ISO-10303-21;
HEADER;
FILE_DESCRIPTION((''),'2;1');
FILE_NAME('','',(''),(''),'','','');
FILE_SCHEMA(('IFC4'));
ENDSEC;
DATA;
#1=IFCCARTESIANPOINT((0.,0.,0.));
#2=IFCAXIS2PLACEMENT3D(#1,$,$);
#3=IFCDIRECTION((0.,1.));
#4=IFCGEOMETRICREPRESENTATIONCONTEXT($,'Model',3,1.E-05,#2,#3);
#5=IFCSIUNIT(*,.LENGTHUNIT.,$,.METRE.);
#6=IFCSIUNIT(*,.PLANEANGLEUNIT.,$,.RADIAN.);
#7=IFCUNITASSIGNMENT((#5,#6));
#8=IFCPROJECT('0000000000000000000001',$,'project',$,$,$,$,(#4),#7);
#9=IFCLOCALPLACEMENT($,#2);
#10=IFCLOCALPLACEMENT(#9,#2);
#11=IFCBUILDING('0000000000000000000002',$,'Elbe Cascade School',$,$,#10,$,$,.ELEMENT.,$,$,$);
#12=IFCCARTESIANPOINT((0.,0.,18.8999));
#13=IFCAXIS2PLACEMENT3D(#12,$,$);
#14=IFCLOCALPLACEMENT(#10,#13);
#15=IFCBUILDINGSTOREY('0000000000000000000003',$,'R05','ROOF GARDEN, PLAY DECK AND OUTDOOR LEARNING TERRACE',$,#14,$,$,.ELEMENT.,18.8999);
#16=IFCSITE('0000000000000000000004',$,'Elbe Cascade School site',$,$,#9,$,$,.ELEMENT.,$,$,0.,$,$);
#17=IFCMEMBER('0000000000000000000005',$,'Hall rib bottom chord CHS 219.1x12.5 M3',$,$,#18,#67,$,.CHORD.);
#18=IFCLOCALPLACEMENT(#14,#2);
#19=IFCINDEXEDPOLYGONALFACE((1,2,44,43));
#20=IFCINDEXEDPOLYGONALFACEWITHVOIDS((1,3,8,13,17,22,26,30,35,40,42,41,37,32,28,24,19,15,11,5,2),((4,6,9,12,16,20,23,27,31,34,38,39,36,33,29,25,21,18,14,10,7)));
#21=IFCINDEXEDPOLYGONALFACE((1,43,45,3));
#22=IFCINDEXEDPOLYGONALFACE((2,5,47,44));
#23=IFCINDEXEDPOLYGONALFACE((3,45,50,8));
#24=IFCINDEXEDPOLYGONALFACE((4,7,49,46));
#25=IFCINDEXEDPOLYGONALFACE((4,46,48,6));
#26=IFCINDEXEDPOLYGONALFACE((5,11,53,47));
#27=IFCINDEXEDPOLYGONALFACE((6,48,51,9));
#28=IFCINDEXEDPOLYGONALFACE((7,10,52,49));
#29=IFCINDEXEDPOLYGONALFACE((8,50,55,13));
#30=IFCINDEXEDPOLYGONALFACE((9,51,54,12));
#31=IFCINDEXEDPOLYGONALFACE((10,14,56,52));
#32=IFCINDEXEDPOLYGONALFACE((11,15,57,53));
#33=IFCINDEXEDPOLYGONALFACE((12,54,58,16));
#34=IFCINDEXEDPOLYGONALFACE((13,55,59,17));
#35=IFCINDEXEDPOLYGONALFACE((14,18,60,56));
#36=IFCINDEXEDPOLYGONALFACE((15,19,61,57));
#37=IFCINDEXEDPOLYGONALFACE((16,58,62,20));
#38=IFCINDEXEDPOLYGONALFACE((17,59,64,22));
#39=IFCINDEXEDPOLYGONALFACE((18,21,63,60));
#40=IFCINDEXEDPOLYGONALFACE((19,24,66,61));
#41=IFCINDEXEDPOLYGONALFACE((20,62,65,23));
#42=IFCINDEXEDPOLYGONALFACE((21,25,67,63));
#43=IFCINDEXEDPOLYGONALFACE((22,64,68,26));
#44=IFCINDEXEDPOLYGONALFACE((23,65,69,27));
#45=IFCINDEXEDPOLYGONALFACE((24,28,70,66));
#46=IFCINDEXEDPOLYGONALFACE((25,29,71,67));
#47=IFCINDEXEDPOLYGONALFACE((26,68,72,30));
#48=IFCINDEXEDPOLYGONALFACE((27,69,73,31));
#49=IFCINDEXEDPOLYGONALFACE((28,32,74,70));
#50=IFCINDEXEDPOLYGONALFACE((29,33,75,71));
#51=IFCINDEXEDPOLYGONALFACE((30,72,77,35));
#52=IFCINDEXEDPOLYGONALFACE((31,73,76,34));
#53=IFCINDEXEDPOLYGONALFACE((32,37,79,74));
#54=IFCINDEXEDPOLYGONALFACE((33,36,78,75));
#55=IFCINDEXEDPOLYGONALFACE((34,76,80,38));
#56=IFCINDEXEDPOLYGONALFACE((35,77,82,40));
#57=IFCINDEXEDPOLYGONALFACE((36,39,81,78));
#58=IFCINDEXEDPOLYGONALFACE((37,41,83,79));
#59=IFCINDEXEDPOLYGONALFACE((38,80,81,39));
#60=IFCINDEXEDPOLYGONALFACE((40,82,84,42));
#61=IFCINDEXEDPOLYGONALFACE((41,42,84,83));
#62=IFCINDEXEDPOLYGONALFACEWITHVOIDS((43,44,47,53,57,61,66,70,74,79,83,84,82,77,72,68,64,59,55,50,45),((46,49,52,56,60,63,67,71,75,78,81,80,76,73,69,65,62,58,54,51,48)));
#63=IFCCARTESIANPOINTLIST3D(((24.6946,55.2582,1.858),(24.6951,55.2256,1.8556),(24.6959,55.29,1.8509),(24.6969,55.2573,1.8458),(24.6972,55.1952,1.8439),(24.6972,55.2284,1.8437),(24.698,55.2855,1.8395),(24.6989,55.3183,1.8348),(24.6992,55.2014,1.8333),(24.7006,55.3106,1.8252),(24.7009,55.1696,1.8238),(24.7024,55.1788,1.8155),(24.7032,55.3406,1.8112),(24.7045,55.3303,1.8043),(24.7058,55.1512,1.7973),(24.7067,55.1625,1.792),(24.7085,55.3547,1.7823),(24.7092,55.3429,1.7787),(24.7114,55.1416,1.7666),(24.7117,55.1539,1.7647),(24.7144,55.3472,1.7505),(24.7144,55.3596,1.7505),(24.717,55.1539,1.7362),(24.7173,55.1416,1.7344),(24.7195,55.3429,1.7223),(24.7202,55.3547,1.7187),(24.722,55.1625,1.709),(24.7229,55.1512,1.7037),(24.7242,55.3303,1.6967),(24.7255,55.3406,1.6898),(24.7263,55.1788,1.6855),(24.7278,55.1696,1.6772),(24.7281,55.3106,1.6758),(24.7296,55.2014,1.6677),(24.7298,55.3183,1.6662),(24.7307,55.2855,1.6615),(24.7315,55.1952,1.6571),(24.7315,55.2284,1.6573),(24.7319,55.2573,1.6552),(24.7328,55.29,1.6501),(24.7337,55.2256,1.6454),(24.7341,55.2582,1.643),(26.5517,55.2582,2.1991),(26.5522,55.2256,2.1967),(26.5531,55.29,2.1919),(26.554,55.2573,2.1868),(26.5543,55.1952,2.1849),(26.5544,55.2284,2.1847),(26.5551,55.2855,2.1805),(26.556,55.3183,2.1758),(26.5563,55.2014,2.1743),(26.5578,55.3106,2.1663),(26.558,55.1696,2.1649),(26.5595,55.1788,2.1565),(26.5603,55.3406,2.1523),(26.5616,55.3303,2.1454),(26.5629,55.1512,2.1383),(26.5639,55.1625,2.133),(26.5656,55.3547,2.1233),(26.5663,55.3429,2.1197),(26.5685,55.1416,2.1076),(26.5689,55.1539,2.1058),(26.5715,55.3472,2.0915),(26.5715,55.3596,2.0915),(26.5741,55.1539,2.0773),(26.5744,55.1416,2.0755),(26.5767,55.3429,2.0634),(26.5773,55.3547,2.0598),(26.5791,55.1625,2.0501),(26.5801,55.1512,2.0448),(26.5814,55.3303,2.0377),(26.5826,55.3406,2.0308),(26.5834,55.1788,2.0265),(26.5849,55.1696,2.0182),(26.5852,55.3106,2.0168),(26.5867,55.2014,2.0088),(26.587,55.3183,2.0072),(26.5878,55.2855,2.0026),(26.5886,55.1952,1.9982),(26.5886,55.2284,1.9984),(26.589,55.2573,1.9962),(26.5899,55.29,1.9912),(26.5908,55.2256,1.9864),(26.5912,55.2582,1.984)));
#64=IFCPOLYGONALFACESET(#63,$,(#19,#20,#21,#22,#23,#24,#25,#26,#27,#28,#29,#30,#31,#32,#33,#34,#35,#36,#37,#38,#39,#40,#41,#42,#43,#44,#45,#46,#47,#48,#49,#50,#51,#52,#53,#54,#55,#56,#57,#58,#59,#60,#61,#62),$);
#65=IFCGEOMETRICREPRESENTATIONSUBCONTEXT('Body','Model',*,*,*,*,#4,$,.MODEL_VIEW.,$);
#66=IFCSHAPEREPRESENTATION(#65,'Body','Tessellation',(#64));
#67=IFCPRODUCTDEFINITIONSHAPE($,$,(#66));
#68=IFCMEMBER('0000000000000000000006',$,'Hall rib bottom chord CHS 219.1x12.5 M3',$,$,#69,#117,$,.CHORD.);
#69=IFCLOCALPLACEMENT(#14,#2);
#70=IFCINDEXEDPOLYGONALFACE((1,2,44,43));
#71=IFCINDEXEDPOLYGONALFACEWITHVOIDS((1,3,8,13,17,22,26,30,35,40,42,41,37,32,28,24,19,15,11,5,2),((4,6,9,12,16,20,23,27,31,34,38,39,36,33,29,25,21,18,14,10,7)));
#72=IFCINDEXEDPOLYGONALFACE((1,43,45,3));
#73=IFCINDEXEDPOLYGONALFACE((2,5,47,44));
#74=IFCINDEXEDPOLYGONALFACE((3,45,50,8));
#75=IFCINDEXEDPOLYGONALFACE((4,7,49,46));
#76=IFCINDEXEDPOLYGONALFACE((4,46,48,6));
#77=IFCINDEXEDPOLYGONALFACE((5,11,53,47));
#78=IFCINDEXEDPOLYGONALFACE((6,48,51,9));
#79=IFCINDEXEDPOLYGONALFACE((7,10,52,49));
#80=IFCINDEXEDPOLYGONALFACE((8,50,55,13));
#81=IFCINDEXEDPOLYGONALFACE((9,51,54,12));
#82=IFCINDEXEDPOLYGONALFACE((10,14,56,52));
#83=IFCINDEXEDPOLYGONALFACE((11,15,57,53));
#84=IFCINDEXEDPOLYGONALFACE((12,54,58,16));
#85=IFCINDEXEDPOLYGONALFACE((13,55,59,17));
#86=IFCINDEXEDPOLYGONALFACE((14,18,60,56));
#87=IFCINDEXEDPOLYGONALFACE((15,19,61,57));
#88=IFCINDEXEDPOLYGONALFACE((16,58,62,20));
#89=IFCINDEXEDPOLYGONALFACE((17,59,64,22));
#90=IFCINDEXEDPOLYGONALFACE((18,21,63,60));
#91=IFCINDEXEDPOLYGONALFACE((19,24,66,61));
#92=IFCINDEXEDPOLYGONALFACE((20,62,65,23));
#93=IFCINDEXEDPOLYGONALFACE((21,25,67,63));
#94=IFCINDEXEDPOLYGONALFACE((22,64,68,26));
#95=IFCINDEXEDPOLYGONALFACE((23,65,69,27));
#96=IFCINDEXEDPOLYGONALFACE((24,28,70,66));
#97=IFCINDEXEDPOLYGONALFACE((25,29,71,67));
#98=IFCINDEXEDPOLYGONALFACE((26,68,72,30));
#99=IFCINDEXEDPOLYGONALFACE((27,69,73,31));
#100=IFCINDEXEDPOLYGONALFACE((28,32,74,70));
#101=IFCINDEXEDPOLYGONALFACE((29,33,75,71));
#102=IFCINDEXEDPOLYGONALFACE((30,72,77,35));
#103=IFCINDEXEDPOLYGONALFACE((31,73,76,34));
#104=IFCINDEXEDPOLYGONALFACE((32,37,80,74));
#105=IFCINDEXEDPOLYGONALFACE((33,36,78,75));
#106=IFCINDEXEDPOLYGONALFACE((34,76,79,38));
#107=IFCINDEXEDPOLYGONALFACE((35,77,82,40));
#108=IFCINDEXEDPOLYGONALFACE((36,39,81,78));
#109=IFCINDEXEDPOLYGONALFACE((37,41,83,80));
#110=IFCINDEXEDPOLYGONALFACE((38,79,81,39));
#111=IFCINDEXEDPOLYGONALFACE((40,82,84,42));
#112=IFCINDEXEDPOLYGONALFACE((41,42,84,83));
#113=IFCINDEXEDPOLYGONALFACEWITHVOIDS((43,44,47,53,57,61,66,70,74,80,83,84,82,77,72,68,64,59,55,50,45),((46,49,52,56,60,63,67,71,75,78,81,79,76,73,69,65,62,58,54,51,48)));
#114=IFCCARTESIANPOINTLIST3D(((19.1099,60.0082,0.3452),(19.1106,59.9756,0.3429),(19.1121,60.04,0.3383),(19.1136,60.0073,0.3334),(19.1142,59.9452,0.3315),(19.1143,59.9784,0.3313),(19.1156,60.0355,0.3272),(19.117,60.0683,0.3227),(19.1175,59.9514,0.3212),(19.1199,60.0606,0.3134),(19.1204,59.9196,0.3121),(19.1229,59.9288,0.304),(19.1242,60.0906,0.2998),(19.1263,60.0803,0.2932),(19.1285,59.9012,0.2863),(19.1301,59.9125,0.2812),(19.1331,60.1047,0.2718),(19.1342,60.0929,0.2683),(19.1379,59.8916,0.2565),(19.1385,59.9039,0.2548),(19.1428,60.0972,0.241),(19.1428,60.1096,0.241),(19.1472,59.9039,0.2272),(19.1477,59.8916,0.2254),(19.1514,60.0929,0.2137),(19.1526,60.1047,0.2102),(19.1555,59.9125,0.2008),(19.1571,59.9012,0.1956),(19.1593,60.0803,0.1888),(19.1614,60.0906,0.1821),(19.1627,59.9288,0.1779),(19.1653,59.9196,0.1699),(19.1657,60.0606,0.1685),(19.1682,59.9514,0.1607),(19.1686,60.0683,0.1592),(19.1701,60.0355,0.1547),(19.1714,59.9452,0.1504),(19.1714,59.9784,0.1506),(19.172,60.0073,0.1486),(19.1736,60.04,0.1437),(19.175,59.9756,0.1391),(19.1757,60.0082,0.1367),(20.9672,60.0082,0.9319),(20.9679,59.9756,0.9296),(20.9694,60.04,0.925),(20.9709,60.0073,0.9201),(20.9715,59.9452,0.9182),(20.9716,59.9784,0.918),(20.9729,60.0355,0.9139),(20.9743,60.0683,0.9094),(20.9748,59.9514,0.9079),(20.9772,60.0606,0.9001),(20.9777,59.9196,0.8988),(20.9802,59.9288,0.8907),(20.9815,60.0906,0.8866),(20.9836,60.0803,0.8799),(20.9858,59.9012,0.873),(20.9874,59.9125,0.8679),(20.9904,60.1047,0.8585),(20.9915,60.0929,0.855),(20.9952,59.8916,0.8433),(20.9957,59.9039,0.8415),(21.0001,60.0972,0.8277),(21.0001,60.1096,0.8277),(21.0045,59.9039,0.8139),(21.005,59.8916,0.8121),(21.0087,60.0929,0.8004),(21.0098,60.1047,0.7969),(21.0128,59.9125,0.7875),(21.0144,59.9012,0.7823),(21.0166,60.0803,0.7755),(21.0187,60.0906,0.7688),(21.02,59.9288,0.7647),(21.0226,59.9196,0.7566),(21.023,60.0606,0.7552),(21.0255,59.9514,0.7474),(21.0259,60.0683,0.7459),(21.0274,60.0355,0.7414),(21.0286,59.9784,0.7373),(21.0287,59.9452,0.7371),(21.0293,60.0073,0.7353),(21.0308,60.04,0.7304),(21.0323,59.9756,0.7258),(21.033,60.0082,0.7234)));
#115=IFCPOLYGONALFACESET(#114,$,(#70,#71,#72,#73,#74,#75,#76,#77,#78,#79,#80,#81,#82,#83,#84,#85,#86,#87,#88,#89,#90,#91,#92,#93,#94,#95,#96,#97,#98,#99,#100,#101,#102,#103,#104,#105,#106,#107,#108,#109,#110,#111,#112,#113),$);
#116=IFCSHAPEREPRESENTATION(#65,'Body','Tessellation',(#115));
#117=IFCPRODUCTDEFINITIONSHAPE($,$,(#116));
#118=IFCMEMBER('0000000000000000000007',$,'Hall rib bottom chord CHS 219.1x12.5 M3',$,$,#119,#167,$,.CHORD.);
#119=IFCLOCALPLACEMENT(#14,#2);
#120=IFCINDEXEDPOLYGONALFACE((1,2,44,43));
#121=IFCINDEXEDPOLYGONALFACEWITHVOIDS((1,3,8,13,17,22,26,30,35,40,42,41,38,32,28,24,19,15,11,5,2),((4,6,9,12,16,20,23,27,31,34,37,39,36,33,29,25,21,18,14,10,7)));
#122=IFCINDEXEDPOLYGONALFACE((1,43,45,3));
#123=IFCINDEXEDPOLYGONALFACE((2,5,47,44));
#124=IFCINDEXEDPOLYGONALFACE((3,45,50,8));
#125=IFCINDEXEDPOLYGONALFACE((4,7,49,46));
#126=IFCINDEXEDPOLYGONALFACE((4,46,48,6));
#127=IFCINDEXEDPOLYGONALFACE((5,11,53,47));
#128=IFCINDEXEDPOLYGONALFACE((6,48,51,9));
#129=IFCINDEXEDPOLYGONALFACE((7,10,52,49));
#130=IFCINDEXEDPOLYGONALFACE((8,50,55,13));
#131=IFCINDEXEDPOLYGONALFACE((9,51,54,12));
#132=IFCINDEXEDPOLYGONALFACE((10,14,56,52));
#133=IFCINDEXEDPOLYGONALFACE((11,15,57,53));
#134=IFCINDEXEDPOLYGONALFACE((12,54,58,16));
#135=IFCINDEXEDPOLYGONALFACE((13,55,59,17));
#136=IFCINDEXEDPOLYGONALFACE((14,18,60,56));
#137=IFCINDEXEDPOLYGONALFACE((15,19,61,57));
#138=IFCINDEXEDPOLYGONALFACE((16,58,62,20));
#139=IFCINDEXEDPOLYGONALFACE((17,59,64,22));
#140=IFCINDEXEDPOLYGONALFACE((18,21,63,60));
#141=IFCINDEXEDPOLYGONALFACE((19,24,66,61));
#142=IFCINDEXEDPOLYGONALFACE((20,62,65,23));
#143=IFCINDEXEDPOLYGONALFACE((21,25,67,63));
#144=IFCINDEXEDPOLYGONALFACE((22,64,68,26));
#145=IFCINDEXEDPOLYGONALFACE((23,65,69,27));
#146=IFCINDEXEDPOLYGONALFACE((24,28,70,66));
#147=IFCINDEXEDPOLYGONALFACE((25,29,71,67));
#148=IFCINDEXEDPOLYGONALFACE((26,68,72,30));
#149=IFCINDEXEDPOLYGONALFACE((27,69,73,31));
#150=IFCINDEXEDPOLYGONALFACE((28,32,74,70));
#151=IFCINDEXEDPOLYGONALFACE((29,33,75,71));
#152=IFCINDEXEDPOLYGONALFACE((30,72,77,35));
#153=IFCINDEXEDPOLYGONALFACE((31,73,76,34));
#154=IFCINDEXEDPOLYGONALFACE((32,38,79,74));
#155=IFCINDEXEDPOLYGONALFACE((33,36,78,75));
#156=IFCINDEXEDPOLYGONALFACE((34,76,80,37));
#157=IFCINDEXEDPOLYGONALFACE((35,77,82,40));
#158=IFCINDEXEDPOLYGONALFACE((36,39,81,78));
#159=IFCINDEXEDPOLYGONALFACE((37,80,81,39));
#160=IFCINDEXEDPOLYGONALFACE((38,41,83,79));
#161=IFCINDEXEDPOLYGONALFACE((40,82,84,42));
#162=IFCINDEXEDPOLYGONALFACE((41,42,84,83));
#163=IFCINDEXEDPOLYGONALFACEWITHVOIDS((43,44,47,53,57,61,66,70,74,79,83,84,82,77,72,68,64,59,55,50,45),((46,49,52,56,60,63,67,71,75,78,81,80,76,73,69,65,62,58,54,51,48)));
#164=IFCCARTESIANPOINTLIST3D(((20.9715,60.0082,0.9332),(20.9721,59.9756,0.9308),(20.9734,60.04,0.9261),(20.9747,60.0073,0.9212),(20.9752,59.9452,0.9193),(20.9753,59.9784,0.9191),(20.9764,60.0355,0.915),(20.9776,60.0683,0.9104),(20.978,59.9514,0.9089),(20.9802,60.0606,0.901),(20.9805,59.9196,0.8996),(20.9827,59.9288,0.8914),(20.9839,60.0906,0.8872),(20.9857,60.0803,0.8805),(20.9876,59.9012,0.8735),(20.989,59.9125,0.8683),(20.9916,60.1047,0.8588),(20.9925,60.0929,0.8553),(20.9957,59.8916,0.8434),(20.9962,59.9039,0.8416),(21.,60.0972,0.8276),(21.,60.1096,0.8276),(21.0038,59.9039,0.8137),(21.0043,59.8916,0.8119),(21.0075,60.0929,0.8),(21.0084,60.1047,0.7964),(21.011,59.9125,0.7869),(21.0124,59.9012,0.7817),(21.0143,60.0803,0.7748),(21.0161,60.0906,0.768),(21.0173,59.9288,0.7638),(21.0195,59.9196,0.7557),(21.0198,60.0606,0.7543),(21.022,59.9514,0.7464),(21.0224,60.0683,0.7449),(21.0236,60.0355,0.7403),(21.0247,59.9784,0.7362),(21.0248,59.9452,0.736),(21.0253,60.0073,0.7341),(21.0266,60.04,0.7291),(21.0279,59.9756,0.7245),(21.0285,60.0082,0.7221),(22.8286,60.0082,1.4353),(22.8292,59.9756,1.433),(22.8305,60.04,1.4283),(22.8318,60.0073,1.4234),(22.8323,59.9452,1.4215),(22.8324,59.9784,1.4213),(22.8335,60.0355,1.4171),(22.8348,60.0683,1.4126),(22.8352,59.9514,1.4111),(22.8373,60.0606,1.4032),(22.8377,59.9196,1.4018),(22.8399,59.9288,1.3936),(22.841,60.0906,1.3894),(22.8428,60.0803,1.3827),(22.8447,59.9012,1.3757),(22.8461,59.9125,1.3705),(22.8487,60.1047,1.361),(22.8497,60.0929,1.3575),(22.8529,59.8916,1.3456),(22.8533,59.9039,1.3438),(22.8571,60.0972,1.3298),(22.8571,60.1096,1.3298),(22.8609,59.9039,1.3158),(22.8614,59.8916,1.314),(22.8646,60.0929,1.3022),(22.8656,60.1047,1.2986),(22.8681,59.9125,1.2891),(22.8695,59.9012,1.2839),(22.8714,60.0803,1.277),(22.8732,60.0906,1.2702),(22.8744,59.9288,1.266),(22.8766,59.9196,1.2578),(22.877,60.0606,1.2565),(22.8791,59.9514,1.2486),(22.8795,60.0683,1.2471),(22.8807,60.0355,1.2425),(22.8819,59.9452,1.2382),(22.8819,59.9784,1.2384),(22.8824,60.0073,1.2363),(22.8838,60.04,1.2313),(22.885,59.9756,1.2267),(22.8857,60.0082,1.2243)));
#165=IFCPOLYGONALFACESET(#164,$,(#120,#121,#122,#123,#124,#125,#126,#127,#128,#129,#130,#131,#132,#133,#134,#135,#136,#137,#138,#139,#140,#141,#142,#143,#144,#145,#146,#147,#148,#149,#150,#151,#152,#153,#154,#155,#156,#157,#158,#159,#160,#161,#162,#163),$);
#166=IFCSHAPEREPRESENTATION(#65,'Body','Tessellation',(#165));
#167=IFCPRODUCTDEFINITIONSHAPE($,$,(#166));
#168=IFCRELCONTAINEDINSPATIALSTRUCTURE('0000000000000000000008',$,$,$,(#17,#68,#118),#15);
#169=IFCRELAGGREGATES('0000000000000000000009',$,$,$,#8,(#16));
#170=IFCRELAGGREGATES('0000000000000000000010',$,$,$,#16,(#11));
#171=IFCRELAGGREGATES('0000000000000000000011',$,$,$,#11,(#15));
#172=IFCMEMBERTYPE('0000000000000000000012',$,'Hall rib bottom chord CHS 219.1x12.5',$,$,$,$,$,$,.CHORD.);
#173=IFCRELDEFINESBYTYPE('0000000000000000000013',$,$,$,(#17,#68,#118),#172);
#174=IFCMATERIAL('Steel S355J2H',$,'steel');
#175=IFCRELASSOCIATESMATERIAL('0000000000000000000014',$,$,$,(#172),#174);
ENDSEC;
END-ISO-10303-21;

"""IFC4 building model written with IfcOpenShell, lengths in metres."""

from ifc_helpers import new_model, si_unit, direction, frame, origin, origin_2d, place, context, subcontext, project, spatial, hollow_circle, extrude, material, material_profile, profile_set, type_object, element, save


model = new_model("IFC4")

# Units and contexts
model_context = context("Model", 3, precision=1e-05, world=origin(), true_north=direction((0.0, 1.0)))
body_context = subcontext(model_context, "Body", "Model", "MODEL_VIEW")
ifc_project = project(units=[si_unit("LENGTHUNIT", "METRE"), si_unit("PLANEANGLEUNIT", "RADIAN")], contexts=[model_context])

# Site, building, storey
site_placement = place(None, origin())
site = spatial("IfcSite", under=ifc_project, at=site_placement, Name="Elbe Cascade School site", CompositionType="ELEMENT", RefElevation=0.0)
building_placement = place(site_placement, origin())
building = spatial("IfcBuilding", under=site, at=building_placement, Name="Elbe Cascade School", CompositionType="ELEMENT")
storey_placement = place(building_placement, frame((0.0, 0.0, 18.8999)))
storey = spatial("IfcBuildingStorey", under=building, at=storey_placement, Name="R05", Description="ROOF GARDEN, PLAY DECK AND OUTDOOR LEARNING TERRACE", CompositionType="ELEMENT", Elevation=18.8999)

# Members
ifc_material_1 = material(Name="Steel S355J2H", Category="steel")
ifc_material_profile_1 = material_profile(ifc_material_1, hollow_circle(Radius=0.1096, WallThickness=0.0125, at=origin_2d()), Name="CHS 219.1x12.5")
ifc_profile_set_1 = profile_set([ifc_material_profile_1], Name="Steel S355J2H")
member_type_1 = type_object("IfcMemberType", Name="Hall rib bottom chord CHS 219.1x12.5", PredefinedType="CHORD", material=ifc_profile_set_1)
member_1_placement = place(storey_placement, frame((24.7144, 55.25, 1.7505), z_axis=(0.983552, 0.0, 0.180626), x_axis=(0.0, 1.0, 0.0)))
element("IfcMember", 1, at=member_1_placement, inside=storey, type_object=member_type_1, Name="Hall rib bottom chord CHS 219.1x12.5 M3", PredefinedType="CHORD", context=body_context, shape_type="SweptSolid", body=[
    extrude(hollow_circle(Radius=0.1096, WallThickness=0.0125, at=origin_2d()), origin(), (0.0, 0.0, 1.0), 1.8882),
])
member_2_placement = place(storey_placement, frame((19.1428, 60.0, 0.241), z_axis=(0.953554, 0.0, 0.301221), x_axis=(0.0, 1.0, 0.0)))
element("IfcMember", 2, at=member_2_placement, inside=storey, type_object=member_type_1, Name="Hall rib bottom chord CHS 219.1x12.5 M3", PredefinedType="CHORD", context=body_context, shape_type="SweptSolid", body=[
    extrude(hollow_circle(Radius=0.1096, WallThickness=0.0125, at=origin_2d()), origin(), (0.0, 0.0, 1.0), 1.9478),
])
member_3_placement = place(storey_placement, frame((21.0, 60.0, 0.8276), z_axis=(0.96533, 0.0, 0.261034), x_axis=(0.0, 1.0, 0.0)))
element("IfcMember", 3, at=member_3_placement, inside=storey, type_object=member_type_1, Name="Hall rib bottom chord CHS 219.1x12.5 M3", PredefinedType="CHORD", context=body_context, shape_type="SweptSolid", body=[
    extrude(hollow_circle(Radius=0.1096, WallThickness=0.0125, at=origin_2d()), origin(), (0.0, 0.0, 1.0), 1.9238),
])

save(model, "model.ifc")
